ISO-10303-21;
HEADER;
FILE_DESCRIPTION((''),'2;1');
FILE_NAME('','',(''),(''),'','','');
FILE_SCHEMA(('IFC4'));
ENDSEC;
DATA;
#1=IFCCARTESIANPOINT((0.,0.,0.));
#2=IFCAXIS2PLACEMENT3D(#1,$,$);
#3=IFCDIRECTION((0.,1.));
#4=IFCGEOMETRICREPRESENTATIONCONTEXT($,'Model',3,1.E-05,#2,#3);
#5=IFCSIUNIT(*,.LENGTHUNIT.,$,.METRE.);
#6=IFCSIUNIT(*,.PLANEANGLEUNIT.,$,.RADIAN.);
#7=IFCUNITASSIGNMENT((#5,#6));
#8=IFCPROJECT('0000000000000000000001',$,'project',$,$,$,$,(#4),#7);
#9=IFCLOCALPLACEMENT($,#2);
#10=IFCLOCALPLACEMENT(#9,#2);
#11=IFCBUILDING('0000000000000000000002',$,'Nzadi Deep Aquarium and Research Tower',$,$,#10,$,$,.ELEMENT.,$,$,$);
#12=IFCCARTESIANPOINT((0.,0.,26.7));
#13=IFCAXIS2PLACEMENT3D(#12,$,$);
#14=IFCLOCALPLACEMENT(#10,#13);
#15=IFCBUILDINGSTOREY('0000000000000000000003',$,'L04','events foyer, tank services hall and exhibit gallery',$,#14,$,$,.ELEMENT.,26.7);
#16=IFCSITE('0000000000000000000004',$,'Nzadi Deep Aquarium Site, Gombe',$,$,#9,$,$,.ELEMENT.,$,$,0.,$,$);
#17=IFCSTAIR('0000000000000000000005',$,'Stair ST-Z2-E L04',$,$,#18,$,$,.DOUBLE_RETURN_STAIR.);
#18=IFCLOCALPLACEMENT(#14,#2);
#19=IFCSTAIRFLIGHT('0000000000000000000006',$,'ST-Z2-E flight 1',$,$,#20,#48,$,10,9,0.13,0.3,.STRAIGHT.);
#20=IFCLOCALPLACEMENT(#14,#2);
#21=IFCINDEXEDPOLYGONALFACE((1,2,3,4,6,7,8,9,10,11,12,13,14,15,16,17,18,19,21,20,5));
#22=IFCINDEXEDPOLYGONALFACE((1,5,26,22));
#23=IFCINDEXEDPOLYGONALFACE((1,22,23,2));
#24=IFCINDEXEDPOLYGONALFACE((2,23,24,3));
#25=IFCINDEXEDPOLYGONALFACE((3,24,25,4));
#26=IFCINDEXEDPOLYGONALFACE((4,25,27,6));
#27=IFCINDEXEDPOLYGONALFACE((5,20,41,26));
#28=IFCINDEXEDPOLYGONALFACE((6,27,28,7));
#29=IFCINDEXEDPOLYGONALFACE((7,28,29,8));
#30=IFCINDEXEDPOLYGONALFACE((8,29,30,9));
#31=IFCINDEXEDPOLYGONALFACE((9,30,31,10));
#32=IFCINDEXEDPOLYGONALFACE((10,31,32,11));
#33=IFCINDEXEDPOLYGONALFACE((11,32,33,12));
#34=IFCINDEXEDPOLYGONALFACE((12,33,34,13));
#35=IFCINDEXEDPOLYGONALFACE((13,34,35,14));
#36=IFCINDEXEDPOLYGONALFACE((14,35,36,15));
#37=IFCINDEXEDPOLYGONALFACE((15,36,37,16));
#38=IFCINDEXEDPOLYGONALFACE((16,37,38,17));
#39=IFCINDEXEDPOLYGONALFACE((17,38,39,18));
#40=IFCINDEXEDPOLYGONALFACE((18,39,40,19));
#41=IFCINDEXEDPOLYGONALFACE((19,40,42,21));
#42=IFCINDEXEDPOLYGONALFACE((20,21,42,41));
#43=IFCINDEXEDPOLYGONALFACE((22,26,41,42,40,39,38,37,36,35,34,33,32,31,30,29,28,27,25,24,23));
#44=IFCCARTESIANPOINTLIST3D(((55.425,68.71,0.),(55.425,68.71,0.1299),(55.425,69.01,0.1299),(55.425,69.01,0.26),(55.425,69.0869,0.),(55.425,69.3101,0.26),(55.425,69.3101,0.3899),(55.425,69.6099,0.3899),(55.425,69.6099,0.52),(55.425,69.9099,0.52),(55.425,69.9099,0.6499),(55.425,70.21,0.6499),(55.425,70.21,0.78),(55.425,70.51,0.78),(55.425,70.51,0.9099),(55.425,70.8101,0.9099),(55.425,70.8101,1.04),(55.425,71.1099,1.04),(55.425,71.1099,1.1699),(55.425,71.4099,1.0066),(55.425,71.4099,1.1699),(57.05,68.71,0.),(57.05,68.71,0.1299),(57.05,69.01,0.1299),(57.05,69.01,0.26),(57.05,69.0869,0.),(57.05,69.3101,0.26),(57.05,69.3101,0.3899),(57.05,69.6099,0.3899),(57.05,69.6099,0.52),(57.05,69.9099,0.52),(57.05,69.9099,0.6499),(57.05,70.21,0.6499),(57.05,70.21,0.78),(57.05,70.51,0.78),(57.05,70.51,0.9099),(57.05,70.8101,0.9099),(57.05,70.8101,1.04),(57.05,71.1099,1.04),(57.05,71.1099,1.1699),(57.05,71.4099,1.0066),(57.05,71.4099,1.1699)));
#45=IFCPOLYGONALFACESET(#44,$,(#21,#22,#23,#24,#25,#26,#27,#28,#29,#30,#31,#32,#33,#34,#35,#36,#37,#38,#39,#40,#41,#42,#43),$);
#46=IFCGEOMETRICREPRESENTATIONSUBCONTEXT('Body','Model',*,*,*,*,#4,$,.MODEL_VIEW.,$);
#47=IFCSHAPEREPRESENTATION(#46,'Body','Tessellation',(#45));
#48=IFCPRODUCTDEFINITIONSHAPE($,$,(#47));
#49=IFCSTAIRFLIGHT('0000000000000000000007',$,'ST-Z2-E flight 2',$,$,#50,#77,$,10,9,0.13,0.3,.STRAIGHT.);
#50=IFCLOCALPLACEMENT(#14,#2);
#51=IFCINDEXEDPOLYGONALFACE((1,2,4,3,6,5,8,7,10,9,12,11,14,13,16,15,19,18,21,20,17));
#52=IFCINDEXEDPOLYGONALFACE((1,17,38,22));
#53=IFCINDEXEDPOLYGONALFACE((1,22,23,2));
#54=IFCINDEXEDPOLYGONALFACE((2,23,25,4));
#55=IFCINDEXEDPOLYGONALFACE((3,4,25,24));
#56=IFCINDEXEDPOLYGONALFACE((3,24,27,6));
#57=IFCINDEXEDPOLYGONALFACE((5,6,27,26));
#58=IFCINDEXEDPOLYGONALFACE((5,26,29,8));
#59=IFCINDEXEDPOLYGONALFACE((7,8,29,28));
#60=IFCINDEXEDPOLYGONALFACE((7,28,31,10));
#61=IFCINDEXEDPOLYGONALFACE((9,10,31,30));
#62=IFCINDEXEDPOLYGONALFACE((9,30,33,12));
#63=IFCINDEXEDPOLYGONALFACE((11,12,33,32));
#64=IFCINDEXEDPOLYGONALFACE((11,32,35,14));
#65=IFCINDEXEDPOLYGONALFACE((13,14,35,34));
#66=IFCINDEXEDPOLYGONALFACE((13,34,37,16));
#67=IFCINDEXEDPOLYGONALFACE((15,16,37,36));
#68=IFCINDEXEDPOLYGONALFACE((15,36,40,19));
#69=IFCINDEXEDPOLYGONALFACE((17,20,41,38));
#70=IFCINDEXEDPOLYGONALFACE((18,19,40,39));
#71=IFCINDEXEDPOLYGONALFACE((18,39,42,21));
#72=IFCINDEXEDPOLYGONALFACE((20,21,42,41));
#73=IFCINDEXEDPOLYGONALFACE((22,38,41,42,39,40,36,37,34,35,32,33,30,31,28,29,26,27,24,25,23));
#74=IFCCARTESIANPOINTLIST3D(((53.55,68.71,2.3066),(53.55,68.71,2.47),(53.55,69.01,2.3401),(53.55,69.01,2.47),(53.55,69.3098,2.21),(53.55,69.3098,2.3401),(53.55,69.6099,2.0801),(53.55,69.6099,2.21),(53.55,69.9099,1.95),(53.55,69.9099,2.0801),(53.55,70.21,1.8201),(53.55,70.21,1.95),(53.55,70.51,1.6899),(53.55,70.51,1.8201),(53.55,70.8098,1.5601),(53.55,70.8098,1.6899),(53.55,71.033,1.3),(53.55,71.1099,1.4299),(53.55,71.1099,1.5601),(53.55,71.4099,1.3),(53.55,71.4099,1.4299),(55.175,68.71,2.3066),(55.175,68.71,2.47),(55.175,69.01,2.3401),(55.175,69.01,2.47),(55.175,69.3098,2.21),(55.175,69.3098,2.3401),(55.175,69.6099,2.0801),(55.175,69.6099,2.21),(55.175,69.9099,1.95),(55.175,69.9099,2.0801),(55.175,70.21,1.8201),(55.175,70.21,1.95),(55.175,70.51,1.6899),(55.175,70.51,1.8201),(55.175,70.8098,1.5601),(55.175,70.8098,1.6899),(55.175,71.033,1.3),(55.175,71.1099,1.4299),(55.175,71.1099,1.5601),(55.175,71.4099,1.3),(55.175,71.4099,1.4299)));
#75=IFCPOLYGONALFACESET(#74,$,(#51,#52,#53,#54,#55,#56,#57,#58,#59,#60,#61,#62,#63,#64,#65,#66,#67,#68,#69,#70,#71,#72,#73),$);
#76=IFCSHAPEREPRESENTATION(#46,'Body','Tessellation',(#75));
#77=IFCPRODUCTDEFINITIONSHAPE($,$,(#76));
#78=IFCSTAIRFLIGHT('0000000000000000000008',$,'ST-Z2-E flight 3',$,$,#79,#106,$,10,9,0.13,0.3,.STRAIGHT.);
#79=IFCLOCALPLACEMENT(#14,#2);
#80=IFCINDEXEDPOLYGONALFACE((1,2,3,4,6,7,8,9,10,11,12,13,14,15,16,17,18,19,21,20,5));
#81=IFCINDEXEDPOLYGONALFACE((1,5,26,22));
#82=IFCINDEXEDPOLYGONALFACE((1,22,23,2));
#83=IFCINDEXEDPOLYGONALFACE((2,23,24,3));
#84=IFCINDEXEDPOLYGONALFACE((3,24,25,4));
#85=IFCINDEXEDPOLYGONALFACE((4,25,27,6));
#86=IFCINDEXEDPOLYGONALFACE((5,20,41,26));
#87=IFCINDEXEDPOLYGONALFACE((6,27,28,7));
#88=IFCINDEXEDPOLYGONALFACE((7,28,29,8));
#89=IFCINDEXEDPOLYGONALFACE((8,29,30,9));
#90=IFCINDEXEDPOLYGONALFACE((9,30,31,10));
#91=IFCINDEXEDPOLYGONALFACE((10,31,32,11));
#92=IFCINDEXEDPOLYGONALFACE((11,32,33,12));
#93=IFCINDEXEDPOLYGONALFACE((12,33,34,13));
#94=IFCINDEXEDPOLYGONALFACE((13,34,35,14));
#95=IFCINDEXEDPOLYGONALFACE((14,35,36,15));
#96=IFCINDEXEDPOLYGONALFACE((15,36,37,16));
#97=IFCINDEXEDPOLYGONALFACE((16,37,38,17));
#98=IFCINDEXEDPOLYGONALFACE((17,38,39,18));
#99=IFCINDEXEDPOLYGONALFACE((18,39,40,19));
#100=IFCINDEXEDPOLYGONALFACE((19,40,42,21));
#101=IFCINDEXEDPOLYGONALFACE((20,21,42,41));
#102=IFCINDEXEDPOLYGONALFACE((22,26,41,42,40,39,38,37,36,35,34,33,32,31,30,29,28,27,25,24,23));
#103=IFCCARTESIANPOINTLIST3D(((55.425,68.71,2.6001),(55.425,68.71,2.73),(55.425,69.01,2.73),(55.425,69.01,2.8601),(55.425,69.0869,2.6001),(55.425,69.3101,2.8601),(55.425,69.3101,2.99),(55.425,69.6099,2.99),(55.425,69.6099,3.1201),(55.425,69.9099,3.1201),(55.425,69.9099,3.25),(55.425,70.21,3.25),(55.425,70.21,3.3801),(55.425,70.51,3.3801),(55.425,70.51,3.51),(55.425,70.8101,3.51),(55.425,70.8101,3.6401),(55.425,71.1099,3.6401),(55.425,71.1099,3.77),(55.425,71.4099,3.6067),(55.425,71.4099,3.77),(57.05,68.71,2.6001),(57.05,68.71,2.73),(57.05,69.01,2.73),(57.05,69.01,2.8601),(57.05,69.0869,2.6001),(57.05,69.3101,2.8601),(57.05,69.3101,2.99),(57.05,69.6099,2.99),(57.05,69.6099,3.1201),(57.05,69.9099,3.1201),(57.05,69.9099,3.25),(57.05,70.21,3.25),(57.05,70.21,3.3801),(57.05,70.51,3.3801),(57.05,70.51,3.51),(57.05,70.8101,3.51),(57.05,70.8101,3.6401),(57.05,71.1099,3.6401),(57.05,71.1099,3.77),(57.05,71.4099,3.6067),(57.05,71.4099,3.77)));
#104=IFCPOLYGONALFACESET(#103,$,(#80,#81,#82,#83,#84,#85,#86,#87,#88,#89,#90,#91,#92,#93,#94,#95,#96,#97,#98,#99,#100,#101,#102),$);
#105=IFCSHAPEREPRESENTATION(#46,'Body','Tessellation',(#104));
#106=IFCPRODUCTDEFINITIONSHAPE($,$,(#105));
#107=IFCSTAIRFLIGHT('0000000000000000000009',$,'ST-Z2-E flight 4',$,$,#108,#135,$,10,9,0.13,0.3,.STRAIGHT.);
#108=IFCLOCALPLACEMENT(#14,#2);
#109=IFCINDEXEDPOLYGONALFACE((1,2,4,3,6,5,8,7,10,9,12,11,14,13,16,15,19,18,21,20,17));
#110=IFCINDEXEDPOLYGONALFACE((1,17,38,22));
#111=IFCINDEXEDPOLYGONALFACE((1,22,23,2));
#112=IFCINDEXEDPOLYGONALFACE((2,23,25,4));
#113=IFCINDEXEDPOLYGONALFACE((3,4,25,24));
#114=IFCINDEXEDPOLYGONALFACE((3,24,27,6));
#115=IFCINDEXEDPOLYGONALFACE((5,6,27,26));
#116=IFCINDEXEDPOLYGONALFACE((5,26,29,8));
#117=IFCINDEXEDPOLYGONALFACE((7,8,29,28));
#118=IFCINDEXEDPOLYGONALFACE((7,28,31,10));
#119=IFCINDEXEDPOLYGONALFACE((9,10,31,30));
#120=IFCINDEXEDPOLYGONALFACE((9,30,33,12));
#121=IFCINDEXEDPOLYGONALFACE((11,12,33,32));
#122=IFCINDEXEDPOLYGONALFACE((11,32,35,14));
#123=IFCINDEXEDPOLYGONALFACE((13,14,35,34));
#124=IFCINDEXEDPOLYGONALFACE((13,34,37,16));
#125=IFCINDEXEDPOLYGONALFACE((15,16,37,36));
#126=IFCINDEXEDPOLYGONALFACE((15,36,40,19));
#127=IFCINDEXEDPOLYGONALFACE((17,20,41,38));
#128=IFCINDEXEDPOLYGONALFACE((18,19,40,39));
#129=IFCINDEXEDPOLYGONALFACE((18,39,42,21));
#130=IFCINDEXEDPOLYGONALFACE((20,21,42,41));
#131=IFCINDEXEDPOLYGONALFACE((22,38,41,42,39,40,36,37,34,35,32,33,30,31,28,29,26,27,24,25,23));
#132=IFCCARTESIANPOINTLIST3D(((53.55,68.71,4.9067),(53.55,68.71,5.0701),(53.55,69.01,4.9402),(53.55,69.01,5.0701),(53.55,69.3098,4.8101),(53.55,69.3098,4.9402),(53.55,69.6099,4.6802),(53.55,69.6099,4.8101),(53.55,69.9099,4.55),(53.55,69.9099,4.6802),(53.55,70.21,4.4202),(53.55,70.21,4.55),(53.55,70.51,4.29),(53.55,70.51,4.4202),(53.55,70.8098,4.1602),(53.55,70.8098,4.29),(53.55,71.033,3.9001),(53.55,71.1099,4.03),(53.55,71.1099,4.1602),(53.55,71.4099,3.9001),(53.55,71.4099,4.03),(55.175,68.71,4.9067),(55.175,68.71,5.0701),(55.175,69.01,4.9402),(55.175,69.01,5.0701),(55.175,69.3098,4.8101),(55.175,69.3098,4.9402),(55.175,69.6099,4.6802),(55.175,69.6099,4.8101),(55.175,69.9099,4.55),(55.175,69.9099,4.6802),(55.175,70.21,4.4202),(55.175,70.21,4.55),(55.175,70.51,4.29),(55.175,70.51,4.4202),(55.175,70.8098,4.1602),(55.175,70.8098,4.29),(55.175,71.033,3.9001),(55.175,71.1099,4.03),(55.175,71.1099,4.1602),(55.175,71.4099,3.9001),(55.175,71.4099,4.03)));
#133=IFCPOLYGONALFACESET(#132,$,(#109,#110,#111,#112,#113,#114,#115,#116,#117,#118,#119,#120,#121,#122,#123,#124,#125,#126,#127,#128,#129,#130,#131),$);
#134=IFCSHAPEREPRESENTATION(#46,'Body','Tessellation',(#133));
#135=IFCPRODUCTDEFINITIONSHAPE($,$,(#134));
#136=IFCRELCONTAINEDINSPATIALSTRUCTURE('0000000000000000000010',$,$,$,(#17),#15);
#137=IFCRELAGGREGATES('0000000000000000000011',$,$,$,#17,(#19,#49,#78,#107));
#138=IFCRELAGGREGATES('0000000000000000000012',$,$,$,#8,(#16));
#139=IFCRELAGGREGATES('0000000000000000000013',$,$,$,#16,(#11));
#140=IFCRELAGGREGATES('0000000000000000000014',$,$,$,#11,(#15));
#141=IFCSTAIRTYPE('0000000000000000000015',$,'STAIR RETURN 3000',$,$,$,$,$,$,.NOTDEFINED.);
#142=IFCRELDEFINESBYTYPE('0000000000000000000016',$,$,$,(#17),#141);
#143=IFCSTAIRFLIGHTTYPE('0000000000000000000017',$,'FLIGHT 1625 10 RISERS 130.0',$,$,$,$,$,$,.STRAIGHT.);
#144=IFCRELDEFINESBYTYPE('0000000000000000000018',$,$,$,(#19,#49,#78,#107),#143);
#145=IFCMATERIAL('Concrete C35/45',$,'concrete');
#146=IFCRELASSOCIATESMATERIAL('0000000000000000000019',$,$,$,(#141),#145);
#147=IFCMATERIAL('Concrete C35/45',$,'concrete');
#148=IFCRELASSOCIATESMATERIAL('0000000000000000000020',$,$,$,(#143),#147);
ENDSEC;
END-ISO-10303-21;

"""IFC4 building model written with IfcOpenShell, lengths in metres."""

from ifc_helpers import new_model, si_unit, direction, frame, origin, place, context, subcontext, project, spatial, polyline, outline, extrude, material, type_object, element, aggregate, save


model = new_model("IFC4")

# Units and contexts
model_context = context("Model", 3, precision=1e-05, world=origin(), true_north=direction((0.0, 1.0)))
body_context = subcontext(model_context, "Body", "Model", "MODEL_VIEW")
ifc_project = project(units=[si_unit("LENGTHUNIT", "METRE"), si_unit("PLANEANGLEUNIT", "RADIAN")], contexts=[model_context])

# Site, building, storey
site_placement = place(None, origin())
site = spatial("IfcSite", under=ifc_project, at=site_placement, Name="Nzadi Deep Aquarium Site, Gombe", CompositionType="ELEMENT", RefElevation=0.0)
building_placement = place(site_placement, origin())
building = spatial("IfcBuilding", under=site, at=building_placement, Name="Nzadi Deep Aquarium and Research Tower", CompositionType="ELEMENT")
storey_placement = place(building_placement, frame((0.0, 0.0, 26.7)))
storey = spatial("IfcBuildingStorey", under=building, at=storey_placement, Name="L04", Description="events foyer, tank services hall and exhibit gallery", CompositionType="ELEMENT", Elevation=26.7)

# Stair, stair flights
ifc_material_1 = material(Name="Concrete C35/45", Category="concrete")
stair_type = type_object("IfcStairType", Name="STAIR RETURN 3000", PredefinedType="NOTDEFINED", material=ifc_material_1)
stair_placement = place(storey_placement, origin())
stair = element("IfcStair", 1, at=stair_placement, inside=storey, type_object=stair_type, Name="Stair ST-Z2-E L04", PredefinedType="DOUBLE_RETURN_STAIR")
ifc_material_2 = material(Name="Concrete C35/45", Category="concrete")
stair_flight_type = type_object("IfcStairFlightType", Name="FLIGHT 1625 10 RISERS 130.0", PredefinedType="STRAIGHT", material=ifc_material_2)
stair_flight_1_placement = place(storey_placement, frame((56.2375, 68.71, 0.0), z_axis=(0.0, 0.0, 1.0), x_axis=(0.0, 1.0, 0.0)))
stair_flight_1 = element("IfcStairFlight", 2, at=stair_flight_1_placement, type_object=stair_flight_type, Name="ST-Z2-E flight 1", NumberOfRisers=10, NumberOfTreads=9, PredefinedType="STRAIGHT", RiserHeight=0.13, TreadLength=0.3, context=body_context, shape_type="SweptSolid", body=[
    extrude(outline(polyline([(0.0, 0.0), (0.0, 0.1299), (0.3, 0.1299), (0.3, 0.26), (0.6001, 0.26), (0.6001, 0.3899), (0.8999, 0.3899), (0.8999, 0.52), (1.2, 0.52), (1.2, 0.6499), (1.5, 0.6499), (1.5, 0.78), (1.8, 0.78), (1.8, 0.9099), (2.1001, 0.9099), (2.1001, 1.04), (2.3999, 1.04), (2.3999, 1.1699), (2.7, 1.1699), (2.7, 1.3), (2.7, 1.0066), (0.377, 0.0), (0.0, 0.0)])), frame((0.0, 0.8125, 0.0), z_axis=(0.0, -1.0, 0.0), x_axis=(1.0, 0.0, 0.0)), (0.0, 0.0, 1.0), 1.625),
])
stair_flight_2_placement = place(storey_placement, frame((54.3625, 71.4099, 1.3), z_axis=(0.0, 0.0, 1.0), x_axis=(0.0, -1.0, 0.0)))
stair_flight_2 = element("IfcStairFlight", 3, at=stair_flight_2_placement, type_object=stair_flight_type, Name="ST-Z2-E flight 2", NumberOfRisers=10, NumberOfTreads=9, PredefinedType="STRAIGHT", RiserHeight=0.13, TreadLength=0.3, context=body_context, shape_type="SweptSolid", body=[
    extrude(outline(polyline([(0.0, 0.0), (0.0, 0.1299), (0.3, 0.1299), (0.3, 0.26), (0.6001, 0.26), (0.6001, 0.3899), (0.8999, 0.3899), (0.8999, 0.52), (1.2, 0.52), (1.2, 0.6499), (1.5, 0.6499), (1.5, 0.78), (1.8, 0.78), (1.8, 0.9099), (2.1001, 0.9099), (2.1001, 1.04), (2.3999, 1.04), (2.3999, 1.1699), (2.7, 1.1699), (2.7, 1.3), (2.7, 1.0066), (0.377, 0.0), (0.0, 0.0)])), frame((0.0, 0.8125, 0.0), z_axis=(0.0, -1.0, 0.0), x_axis=(1.0, 0.0, 0.0)), (0.0, 0.0, 1.0), 1.625),
])
stair_flight_3_placement = place(storey_placement, frame((56.2375, 68.71, 2.6001), z_axis=(0.0, 0.0, 1.0), x_axis=(0.0, 1.0, 0.0)))
stair_flight_3 = element("IfcStairFlight", 4, at=stair_flight_3_placement, type_object=stair_flight_type, Name="ST-Z2-E flight 3", NumberOfRisers=10, NumberOfTreads=9, PredefinedType="STRAIGHT", RiserHeight=0.13, TreadLength=0.3, context=body_context, shape_type="SweptSolid", body=[
    extrude(outline(polyline([(0.0, 0.0), (0.0, 0.1299), (0.3, 0.1299), (0.3, 0.26), (0.6001, 0.26), (0.6001, 0.3899), (0.8999, 0.3899), (0.8999, 0.52), (1.2, 0.52), (1.2, 0.6499), (1.5, 0.6499), (1.5, 0.78), (1.8, 0.78), (1.8, 0.9099), (2.1001, 0.9099), (2.1001, 1.04), (2.3999, 1.04), (2.3999, 1.1699), (2.7, 1.1699), (2.7, 1.3), (2.7, 1.0066), (0.377, 0.0), (0.0, 0.0)])), frame((0.0, 0.8125, 0.0), z_axis=(0.0, -1.0, 0.0), x_axis=(1.0, 0.0, 0.0)), (0.0, 0.0, 1.0), 1.625),
])
stair_flight_4_placement = place(storey_placement, frame((54.3625, 71.4099, 3.9001), z_axis=(0.0, 0.0, 1.0), x_axis=(0.0, -1.0, 0.0)))
stair_flight_4 = element("IfcStairFlight", 5, at=stair_flight_4_placement, type_object=stair_flight_type, Name="ST-Z2-E flight 4", NumberOfRisers=10, NumberOfTreads=9, PredefinedType="STRAIGHT", RiserHeight=0.13, TreadLength=0.3, context=body_context, shape_type="SweptSolid", body=[
    extrude(outline(polyline([(0.0, 0.0), (0.0, 0.1299), (0.3, 0.1299), (0.3, 0.26), (0.6001, 0.26), (0.6001, 0.3899), (0.8999, 0.3899), (0.8999, 0.52), (1.2, 0.52), (1.2, 0.6499), (1.5, 0.6499), (1.5, 0.78), (1.8, 0.78), (1.8, 0.9099), (2.1001, 0.9099), (2.1001, 1.04), (2.3999, 1.04), (2.3999, 1.1699), (2.7, 1.1699), (2.7, 1.3), (2.7, 1.0066), (0.377, 0.0), (0.0, 0.0)])), frame((0.0, 0.8125, 0.0), z_axis=(0.0, -1.0, 0.0), x_axis=(1.0, 0.0, 0.0)), (0.0, 0.0, 1.0), 1.625),
])
aggregate(stair, [stair_flight_1, stair_flight_2, stair_flight_3, stair_flight_4])

save(model, "model.ifc")
